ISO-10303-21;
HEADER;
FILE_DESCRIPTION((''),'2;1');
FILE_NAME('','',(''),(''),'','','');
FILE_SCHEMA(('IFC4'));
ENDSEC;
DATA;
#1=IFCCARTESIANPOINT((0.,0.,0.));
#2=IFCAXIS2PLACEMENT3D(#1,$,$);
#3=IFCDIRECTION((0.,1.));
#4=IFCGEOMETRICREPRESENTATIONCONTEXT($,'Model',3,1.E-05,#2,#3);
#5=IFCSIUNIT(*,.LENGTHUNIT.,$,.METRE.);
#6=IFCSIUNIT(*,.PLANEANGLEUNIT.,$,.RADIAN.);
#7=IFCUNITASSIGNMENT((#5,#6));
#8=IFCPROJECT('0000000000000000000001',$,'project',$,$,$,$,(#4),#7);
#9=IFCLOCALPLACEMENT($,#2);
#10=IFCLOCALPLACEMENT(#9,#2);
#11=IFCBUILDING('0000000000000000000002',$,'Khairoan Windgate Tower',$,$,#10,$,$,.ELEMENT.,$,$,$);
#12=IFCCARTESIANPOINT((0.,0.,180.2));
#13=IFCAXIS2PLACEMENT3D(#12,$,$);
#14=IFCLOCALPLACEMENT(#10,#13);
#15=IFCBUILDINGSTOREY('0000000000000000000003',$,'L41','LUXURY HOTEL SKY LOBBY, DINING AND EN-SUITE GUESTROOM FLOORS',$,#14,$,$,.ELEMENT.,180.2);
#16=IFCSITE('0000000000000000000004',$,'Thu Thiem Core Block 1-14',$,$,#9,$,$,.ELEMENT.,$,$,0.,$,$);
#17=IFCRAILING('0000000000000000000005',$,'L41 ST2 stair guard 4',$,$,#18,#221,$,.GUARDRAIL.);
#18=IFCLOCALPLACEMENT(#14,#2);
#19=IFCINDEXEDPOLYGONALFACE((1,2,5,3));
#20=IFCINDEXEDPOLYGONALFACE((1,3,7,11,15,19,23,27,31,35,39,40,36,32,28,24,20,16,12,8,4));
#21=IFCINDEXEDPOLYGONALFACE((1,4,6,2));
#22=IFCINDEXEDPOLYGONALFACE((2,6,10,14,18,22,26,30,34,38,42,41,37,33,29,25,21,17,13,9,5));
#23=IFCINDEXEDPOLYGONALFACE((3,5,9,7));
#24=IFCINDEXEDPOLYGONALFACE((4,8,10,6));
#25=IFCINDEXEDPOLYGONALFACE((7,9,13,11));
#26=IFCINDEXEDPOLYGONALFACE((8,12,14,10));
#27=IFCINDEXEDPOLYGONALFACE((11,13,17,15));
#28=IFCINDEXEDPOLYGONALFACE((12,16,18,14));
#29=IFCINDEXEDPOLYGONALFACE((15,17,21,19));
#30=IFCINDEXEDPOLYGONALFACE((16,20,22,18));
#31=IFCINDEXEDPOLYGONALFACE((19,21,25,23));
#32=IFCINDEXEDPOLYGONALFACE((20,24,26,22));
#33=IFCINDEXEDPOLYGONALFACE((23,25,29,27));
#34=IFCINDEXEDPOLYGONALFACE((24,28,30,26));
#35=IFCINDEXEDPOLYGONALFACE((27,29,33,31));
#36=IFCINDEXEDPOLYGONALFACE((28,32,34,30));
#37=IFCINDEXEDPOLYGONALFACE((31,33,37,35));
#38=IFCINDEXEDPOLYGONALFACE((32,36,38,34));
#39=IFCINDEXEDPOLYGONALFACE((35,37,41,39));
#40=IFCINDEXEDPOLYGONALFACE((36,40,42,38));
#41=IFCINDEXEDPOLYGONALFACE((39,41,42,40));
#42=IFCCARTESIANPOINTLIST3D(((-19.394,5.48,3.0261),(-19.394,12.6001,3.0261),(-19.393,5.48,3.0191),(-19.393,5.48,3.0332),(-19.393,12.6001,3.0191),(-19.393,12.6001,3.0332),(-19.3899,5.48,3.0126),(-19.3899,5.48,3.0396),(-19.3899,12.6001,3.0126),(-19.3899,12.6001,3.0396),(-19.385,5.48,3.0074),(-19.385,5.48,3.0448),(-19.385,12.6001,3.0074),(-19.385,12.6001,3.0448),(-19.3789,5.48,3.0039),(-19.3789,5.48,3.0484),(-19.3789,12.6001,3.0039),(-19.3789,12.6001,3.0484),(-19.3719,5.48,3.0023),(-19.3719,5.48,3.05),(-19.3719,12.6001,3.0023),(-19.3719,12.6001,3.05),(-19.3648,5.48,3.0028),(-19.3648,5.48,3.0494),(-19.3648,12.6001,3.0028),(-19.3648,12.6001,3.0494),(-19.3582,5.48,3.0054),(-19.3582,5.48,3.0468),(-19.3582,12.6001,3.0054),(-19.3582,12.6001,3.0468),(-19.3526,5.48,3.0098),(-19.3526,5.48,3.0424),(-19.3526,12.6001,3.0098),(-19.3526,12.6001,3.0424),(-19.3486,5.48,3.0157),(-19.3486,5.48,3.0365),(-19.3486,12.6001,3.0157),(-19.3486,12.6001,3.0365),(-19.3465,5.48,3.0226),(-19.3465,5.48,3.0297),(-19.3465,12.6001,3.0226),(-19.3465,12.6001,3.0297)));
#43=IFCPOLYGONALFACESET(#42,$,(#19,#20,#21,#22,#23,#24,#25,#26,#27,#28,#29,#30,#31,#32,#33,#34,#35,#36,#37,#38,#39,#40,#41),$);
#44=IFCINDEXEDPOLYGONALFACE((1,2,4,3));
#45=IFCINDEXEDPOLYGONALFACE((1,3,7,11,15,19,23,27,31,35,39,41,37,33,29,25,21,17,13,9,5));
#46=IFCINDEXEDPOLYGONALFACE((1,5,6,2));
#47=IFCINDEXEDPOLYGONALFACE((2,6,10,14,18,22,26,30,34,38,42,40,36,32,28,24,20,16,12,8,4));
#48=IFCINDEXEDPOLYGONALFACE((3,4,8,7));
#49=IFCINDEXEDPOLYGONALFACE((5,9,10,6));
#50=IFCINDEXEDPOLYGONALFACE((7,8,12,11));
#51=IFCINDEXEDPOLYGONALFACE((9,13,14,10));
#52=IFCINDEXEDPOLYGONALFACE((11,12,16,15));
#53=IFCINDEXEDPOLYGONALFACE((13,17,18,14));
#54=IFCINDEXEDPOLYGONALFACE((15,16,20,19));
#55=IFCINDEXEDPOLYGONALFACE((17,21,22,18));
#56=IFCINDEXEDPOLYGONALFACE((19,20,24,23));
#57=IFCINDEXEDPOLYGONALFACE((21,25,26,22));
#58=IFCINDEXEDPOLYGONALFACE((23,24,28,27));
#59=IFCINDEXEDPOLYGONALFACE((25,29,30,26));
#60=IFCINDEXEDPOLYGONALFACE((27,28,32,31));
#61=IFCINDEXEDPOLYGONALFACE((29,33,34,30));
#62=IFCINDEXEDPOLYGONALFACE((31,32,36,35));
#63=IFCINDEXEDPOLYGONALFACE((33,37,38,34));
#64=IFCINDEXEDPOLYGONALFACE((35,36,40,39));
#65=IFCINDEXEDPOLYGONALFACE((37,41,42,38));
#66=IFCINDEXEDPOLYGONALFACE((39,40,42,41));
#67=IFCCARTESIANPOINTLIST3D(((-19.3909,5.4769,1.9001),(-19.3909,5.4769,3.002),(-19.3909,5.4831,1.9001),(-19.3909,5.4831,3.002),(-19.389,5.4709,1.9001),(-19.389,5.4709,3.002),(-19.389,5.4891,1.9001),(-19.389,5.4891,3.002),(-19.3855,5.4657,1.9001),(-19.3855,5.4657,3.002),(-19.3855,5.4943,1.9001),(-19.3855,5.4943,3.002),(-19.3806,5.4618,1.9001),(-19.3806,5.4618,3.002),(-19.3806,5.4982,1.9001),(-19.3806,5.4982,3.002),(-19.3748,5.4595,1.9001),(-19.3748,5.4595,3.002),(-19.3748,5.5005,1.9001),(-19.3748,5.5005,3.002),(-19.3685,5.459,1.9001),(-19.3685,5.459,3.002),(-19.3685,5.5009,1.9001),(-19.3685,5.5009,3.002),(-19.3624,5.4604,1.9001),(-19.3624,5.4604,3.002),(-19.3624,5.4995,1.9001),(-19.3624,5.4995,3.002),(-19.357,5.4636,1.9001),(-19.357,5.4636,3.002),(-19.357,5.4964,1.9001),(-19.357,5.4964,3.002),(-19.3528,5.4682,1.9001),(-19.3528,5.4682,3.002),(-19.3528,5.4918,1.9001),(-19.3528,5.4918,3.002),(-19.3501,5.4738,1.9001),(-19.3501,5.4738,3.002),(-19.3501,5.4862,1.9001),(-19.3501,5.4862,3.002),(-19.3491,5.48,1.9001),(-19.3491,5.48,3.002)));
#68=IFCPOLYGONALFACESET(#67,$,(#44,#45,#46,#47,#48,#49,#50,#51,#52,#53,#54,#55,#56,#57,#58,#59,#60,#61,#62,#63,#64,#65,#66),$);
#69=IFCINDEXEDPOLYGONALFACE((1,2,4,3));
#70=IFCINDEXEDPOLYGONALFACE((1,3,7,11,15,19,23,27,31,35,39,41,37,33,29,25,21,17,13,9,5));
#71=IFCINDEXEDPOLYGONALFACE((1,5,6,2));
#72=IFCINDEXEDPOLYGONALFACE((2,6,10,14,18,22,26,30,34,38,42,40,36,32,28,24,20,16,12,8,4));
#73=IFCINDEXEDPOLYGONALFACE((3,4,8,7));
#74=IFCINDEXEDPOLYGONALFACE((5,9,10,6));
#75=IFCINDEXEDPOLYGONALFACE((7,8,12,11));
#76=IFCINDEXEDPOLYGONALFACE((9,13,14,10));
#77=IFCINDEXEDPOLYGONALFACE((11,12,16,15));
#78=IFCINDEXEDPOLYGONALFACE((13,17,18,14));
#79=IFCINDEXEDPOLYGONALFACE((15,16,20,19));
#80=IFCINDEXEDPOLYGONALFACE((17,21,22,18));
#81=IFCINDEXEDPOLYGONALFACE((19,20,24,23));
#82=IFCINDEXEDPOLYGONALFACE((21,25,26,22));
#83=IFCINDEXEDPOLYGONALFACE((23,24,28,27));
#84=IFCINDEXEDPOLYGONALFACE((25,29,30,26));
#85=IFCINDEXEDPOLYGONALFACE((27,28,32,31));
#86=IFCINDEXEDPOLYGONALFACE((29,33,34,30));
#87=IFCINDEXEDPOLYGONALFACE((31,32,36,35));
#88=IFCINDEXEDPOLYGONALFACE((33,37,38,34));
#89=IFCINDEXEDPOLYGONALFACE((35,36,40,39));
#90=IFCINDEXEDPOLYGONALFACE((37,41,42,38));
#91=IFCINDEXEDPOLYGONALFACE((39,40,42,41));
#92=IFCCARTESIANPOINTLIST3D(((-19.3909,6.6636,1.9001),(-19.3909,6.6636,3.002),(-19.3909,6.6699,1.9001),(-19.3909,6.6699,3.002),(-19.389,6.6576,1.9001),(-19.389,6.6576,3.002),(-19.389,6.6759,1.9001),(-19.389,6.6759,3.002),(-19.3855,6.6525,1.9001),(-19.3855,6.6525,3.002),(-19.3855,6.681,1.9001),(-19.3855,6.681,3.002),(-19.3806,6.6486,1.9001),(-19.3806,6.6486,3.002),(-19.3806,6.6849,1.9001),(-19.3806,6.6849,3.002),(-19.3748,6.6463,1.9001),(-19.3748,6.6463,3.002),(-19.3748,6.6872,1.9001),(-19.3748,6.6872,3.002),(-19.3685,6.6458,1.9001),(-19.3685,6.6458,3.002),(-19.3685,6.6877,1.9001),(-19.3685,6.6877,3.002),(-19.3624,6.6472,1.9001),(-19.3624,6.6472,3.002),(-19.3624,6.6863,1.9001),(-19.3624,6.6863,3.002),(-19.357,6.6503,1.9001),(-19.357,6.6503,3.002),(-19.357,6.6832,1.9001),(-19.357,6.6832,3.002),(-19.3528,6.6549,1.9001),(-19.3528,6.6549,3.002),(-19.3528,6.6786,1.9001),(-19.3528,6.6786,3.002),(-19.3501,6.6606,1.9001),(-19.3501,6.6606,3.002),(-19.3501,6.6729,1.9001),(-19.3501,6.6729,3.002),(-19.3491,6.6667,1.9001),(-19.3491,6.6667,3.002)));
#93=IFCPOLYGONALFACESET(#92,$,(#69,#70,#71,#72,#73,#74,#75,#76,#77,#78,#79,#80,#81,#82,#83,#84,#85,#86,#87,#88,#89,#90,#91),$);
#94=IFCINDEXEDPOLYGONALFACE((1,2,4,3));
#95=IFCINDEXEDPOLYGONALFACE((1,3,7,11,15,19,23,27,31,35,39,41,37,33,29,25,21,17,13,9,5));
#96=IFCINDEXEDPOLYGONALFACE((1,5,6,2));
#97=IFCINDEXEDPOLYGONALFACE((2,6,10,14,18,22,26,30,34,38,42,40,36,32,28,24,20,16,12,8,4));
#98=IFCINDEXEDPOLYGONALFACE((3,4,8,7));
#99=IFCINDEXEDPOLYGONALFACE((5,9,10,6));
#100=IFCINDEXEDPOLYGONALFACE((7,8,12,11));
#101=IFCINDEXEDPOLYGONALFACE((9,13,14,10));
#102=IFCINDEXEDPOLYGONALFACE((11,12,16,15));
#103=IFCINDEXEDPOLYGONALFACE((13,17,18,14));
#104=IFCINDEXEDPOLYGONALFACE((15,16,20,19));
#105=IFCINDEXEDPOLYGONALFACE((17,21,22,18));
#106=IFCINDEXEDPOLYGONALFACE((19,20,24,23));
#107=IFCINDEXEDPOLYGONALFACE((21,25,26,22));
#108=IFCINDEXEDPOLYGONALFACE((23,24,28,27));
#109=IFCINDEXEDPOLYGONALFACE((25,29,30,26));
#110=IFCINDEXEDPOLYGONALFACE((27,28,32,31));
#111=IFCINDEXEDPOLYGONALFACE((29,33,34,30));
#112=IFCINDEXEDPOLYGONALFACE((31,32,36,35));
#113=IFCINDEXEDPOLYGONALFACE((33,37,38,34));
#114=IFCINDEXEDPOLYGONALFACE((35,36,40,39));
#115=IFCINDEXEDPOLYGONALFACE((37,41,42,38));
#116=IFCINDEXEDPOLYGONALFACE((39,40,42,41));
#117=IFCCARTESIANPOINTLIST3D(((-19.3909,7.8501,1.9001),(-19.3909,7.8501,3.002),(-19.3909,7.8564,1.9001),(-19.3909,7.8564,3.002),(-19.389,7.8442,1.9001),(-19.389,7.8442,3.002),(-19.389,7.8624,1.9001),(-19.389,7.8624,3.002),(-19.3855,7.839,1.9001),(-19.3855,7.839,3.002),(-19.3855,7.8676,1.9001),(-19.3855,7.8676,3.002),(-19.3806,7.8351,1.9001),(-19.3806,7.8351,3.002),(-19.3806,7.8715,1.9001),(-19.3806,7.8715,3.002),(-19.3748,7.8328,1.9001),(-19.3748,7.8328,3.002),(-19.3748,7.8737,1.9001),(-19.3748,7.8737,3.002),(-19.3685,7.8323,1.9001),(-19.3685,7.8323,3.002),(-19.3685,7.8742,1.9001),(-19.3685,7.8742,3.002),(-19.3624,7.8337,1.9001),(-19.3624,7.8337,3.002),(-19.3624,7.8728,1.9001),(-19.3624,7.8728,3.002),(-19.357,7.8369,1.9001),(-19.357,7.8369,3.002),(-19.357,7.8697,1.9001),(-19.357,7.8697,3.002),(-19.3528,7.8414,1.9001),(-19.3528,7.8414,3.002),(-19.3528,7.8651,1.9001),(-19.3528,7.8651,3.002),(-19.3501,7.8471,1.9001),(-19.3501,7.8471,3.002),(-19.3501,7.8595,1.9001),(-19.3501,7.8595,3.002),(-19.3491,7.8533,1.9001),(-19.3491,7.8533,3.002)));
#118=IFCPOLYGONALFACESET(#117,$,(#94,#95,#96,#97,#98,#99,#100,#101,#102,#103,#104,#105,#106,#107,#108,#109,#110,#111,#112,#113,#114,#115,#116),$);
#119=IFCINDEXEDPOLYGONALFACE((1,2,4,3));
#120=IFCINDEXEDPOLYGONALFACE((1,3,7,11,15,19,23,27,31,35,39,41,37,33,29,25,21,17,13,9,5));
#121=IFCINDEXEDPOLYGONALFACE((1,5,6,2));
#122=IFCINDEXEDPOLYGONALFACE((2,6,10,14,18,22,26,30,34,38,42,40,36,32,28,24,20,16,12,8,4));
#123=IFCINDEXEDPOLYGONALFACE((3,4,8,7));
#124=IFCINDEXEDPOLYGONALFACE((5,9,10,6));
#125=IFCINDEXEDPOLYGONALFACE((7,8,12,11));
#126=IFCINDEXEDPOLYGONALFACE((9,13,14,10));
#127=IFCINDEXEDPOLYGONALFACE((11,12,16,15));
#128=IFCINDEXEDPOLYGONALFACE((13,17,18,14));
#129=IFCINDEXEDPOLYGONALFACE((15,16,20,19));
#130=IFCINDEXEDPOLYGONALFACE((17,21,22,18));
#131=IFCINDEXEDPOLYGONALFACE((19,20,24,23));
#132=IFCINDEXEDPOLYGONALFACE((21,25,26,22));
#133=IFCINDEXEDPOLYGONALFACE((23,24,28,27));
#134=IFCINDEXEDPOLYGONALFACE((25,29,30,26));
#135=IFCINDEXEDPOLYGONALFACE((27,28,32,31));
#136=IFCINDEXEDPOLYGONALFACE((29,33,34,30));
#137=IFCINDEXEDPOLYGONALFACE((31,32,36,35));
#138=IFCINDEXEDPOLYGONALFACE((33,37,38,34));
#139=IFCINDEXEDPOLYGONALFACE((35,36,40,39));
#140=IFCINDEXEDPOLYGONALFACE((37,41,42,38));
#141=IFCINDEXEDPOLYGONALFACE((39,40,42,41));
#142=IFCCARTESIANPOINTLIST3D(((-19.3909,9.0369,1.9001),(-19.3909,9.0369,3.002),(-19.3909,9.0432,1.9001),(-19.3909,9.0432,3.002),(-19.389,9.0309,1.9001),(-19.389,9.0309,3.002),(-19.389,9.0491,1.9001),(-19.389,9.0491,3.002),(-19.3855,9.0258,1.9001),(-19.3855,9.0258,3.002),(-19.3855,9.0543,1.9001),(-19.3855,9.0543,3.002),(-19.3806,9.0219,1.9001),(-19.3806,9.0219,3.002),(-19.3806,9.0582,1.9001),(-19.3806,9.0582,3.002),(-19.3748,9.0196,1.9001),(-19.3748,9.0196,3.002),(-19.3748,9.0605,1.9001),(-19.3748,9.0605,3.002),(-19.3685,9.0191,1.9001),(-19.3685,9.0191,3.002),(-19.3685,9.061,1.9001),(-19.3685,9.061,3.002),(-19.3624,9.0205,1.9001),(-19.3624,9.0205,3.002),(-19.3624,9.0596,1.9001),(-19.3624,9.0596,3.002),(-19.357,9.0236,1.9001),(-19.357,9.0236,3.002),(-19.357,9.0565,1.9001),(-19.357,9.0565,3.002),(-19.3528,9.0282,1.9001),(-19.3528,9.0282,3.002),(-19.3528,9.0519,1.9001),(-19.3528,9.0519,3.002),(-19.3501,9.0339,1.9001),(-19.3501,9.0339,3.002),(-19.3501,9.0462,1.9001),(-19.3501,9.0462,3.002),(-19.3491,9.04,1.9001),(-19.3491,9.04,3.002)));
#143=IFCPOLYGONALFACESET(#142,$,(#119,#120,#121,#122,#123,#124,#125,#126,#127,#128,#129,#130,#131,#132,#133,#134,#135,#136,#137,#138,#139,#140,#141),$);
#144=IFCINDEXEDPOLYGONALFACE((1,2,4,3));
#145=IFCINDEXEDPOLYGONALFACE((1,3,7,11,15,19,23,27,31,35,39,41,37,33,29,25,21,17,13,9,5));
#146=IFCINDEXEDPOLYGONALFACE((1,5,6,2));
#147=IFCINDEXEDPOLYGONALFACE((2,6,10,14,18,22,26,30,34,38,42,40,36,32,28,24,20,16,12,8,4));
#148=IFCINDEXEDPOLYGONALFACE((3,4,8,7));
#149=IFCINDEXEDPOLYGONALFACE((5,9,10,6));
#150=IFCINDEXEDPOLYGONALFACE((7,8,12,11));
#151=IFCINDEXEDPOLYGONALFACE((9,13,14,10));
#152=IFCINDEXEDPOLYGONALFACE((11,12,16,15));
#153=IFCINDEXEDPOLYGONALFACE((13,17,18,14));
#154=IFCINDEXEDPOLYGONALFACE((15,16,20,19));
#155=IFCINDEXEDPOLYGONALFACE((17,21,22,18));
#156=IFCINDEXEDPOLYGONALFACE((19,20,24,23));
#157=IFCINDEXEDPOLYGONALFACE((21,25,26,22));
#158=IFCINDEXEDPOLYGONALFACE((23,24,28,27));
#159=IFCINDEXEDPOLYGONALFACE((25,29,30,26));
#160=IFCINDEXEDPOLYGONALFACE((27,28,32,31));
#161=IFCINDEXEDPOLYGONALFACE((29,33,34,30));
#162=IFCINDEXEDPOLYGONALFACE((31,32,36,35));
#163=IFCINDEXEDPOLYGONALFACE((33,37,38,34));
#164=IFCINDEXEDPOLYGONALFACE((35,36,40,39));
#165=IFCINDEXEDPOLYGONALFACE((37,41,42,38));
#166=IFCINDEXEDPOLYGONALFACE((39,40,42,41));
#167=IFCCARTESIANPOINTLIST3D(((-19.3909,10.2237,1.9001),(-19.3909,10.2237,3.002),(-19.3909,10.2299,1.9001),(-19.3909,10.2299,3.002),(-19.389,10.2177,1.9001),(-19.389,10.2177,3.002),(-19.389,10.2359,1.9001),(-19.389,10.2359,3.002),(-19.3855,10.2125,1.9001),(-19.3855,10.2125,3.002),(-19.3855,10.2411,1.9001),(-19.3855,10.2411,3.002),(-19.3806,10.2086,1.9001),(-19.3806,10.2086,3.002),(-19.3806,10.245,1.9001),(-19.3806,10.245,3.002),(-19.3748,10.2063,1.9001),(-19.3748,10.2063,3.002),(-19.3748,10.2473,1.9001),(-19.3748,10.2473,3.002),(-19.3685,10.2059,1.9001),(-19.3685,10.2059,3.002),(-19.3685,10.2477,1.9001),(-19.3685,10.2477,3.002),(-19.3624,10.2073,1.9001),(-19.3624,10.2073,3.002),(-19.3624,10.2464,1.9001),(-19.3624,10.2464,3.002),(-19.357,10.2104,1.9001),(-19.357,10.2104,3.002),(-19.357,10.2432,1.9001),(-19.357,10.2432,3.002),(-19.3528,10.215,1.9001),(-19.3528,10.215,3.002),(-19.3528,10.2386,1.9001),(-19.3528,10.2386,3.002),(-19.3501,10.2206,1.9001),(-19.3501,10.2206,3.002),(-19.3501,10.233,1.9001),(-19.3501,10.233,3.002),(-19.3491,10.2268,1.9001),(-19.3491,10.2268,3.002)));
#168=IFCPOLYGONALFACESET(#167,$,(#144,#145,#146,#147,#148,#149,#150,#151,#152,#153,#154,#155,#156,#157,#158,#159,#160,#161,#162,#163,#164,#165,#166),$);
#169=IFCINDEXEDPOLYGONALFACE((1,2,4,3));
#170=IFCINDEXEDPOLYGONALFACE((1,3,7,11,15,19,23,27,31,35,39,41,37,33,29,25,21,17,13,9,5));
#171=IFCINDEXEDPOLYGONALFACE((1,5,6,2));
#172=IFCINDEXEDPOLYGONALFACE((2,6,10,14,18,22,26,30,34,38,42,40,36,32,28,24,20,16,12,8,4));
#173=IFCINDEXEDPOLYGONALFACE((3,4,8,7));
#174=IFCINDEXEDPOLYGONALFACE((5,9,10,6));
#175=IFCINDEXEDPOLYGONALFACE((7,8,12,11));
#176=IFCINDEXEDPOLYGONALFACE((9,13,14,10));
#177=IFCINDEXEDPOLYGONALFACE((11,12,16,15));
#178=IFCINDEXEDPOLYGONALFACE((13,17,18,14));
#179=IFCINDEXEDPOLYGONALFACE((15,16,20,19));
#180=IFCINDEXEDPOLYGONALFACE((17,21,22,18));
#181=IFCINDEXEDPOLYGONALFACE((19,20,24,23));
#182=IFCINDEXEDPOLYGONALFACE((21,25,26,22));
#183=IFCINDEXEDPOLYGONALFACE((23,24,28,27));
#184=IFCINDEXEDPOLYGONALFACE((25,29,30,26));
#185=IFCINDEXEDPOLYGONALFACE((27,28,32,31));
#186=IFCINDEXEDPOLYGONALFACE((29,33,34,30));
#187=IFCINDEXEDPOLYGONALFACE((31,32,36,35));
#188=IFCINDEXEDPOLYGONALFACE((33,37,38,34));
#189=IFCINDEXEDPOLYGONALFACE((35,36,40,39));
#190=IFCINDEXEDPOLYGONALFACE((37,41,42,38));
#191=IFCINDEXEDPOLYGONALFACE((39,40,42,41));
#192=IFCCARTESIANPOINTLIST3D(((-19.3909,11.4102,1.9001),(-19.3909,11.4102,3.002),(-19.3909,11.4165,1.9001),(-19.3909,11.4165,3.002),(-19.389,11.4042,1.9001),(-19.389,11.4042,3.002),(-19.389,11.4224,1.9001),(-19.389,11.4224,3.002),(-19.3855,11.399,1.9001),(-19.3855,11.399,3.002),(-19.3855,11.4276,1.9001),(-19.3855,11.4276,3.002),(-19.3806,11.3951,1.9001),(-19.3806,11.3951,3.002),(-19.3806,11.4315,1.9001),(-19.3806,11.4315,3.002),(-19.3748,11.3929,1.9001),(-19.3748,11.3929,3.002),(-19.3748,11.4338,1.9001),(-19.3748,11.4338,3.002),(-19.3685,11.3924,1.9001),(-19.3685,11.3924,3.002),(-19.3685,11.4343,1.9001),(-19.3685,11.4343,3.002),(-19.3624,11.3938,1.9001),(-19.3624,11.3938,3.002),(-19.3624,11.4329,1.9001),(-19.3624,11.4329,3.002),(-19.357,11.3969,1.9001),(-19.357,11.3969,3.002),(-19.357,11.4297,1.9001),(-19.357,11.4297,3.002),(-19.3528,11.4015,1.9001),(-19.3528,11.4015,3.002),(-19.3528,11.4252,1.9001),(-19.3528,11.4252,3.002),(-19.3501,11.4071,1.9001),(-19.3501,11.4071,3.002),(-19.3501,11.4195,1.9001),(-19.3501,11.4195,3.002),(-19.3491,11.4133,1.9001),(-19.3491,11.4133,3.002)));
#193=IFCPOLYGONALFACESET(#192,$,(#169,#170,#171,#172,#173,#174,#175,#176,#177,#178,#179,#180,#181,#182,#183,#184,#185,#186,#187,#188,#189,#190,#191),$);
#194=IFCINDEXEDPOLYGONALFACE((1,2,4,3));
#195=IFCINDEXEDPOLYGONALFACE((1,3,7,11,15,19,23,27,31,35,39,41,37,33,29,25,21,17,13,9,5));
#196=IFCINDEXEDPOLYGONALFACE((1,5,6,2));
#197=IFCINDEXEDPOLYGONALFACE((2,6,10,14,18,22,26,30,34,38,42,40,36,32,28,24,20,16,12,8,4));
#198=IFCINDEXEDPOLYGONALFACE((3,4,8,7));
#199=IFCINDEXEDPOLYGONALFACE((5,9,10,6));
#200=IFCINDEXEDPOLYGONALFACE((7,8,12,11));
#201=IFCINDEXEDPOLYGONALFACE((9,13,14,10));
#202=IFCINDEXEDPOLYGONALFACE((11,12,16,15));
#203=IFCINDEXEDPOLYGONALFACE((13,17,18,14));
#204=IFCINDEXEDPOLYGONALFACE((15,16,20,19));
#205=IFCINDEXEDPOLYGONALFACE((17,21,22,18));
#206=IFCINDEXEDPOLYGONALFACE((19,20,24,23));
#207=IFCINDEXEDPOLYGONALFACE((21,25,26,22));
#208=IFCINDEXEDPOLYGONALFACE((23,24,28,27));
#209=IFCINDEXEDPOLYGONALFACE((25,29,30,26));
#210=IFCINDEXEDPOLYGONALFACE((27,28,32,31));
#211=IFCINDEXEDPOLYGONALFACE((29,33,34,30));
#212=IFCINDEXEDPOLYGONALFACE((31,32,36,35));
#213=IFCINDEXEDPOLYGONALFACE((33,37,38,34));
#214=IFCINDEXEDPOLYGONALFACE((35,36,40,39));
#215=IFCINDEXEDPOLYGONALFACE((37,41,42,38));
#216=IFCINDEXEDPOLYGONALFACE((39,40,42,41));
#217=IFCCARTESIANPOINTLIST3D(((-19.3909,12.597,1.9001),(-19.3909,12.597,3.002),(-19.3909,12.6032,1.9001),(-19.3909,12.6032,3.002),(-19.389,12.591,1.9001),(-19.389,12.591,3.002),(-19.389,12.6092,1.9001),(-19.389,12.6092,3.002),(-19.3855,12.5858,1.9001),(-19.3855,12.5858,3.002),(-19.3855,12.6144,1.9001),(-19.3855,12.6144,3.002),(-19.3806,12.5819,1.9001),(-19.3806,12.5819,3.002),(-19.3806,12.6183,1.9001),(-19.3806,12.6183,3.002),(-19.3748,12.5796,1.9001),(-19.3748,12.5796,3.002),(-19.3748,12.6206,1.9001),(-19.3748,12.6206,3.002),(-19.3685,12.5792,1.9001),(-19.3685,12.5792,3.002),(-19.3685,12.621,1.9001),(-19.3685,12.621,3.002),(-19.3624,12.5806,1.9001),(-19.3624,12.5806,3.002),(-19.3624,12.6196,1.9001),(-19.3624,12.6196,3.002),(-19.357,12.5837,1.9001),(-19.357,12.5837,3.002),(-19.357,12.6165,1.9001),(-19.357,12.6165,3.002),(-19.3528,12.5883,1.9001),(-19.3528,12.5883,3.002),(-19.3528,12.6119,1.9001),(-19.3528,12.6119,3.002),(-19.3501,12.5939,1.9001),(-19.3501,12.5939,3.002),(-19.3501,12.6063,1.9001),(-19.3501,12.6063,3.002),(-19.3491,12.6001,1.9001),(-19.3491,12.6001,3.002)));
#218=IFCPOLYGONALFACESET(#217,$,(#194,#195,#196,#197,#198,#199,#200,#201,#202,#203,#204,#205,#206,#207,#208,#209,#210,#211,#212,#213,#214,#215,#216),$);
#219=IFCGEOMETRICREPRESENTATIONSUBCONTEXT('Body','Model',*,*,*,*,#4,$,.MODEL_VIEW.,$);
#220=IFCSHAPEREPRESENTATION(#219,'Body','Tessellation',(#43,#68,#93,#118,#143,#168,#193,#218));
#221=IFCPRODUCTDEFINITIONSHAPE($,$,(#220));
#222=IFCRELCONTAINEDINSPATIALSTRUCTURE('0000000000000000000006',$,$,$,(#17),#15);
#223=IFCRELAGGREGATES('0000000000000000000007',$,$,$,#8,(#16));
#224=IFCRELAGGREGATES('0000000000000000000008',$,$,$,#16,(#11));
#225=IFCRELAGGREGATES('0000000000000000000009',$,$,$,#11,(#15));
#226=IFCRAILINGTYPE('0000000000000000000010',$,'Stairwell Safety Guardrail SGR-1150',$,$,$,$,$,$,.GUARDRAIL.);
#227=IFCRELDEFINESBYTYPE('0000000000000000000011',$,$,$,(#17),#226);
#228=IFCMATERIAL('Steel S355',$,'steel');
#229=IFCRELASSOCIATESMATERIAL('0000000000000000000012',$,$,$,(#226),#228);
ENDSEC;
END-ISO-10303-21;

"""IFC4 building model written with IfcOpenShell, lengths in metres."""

from ifc_helpers import new_model, si_unit, direction, frame, origin, origin_2d, place, context, subcontext, project, spatial, circle, extrude, material, type_object, element, save


model = new_model("IFC4")

# Units and contexts
model_context = context("Model", 3, precision=1e-05, world=origin(), true_north=direction((0.0, 1.0)))
body_context = subcontext(model_context, "Body", "Model", "MODEL_VIEW")
ifc_project = project(units=[si_unit("LENGTHUNIT", "METRE"), si_unit("PLANEANGLEUNIT", "RADIAN")], contexts=[model_context])

# Site, building, storey
site_placement = place(None, origin())
site = spatial("IfcSite", under=ifc_project, at=site_placement, Name="Thu Thiem Core Block 1-14", CompositionType="ELEMENT", RefElevation=0.0)
building_placement = place(site_placement, origin())
building = spatial("IfcBuilding", under=site, at=building_placement, Name="Khairoan Windgate Tower", CompositionType="ELEMENT")
storey_placement = place(building_placement, frame((0.0, 0.0, 180.2)))
storey = spatial("IfcBuildingStorey", under=building, at=storey_placement, Name="L41", Description="LUXURY HOTEL SKY LOBBY, DINING AND EN-SUITE GUESTROOM FLOORS", CompositionType="ELEMENT", Elevation=180.2)

# Railing
ifc_material_1 = material(Name="Steel S355", Category="steel")
railing_type_1 = type_object("IfcRailingType", Name="Stairwell Safety Guardrail SGR-1150", PredefinedType="GUARDRAIL", material=ifc_material_1)
railing_1_placement = place(storey_placement, frame((-19.3701, 5.48, 1.9001)))
element("IfcRailing", 1, at=railing_1_placement, inside=storey, type_object=railing_type_1, Name="L41 ST2 stair guard 4", PredefinedType="GUARDRAIL", context=body_context, shape_type="SweptSolid", body=[
    extrude(circle(Radius=0.0239, at=origin_2d()), frame((0.0, 0.0, 1.126), z_axis=(0.0, 1.0, 0.0), x_axis=(-1.0, 0.0, 0.0)), (0.0, 0.0, 1.0), 7.1201),
    extrude(circle(Radius=0.021, at=origin_2d()), origin(), (0.0, 0.0, 1.0), 1.1018),
    extrude(circle(Radius=0.021, at=origin_2d()), frame((0.0, 1.1868, 0.0)), (0.0, 0.0, 1.0), 1.1018),
    extrude(circle(Radius=0.021, at=origin_2d()), frame((0.0, 2.3733, 0.0)), (0.0, 0.0, 1.0), 1.1018),
    extrude(circle(Radius=0.021, at=origin_2d()), frame((0.0, 3.5601, 0.0)), (0.0, 0.0, 1.0), 1.1018),
    extrude(circle(Radius=0.021, at=origin_2d()), frame((0.0, 4.7468, 0.0)), (0.0, 0.0, 1.0), 1.1018),
    extrude(circle(Radius=0.021, at=origin_2d()), frame((0.0, 5.9333, 0.0)), (0.0, 0.0, 1.0), 1.1018),
    extrude(circle(Radius=0.021, at=origin_2d()), frame((0.0, 7.1201, 0.0)), (0.0, 0.0, 1.0), 1.1018),
])

save(model, "model.ifc")
